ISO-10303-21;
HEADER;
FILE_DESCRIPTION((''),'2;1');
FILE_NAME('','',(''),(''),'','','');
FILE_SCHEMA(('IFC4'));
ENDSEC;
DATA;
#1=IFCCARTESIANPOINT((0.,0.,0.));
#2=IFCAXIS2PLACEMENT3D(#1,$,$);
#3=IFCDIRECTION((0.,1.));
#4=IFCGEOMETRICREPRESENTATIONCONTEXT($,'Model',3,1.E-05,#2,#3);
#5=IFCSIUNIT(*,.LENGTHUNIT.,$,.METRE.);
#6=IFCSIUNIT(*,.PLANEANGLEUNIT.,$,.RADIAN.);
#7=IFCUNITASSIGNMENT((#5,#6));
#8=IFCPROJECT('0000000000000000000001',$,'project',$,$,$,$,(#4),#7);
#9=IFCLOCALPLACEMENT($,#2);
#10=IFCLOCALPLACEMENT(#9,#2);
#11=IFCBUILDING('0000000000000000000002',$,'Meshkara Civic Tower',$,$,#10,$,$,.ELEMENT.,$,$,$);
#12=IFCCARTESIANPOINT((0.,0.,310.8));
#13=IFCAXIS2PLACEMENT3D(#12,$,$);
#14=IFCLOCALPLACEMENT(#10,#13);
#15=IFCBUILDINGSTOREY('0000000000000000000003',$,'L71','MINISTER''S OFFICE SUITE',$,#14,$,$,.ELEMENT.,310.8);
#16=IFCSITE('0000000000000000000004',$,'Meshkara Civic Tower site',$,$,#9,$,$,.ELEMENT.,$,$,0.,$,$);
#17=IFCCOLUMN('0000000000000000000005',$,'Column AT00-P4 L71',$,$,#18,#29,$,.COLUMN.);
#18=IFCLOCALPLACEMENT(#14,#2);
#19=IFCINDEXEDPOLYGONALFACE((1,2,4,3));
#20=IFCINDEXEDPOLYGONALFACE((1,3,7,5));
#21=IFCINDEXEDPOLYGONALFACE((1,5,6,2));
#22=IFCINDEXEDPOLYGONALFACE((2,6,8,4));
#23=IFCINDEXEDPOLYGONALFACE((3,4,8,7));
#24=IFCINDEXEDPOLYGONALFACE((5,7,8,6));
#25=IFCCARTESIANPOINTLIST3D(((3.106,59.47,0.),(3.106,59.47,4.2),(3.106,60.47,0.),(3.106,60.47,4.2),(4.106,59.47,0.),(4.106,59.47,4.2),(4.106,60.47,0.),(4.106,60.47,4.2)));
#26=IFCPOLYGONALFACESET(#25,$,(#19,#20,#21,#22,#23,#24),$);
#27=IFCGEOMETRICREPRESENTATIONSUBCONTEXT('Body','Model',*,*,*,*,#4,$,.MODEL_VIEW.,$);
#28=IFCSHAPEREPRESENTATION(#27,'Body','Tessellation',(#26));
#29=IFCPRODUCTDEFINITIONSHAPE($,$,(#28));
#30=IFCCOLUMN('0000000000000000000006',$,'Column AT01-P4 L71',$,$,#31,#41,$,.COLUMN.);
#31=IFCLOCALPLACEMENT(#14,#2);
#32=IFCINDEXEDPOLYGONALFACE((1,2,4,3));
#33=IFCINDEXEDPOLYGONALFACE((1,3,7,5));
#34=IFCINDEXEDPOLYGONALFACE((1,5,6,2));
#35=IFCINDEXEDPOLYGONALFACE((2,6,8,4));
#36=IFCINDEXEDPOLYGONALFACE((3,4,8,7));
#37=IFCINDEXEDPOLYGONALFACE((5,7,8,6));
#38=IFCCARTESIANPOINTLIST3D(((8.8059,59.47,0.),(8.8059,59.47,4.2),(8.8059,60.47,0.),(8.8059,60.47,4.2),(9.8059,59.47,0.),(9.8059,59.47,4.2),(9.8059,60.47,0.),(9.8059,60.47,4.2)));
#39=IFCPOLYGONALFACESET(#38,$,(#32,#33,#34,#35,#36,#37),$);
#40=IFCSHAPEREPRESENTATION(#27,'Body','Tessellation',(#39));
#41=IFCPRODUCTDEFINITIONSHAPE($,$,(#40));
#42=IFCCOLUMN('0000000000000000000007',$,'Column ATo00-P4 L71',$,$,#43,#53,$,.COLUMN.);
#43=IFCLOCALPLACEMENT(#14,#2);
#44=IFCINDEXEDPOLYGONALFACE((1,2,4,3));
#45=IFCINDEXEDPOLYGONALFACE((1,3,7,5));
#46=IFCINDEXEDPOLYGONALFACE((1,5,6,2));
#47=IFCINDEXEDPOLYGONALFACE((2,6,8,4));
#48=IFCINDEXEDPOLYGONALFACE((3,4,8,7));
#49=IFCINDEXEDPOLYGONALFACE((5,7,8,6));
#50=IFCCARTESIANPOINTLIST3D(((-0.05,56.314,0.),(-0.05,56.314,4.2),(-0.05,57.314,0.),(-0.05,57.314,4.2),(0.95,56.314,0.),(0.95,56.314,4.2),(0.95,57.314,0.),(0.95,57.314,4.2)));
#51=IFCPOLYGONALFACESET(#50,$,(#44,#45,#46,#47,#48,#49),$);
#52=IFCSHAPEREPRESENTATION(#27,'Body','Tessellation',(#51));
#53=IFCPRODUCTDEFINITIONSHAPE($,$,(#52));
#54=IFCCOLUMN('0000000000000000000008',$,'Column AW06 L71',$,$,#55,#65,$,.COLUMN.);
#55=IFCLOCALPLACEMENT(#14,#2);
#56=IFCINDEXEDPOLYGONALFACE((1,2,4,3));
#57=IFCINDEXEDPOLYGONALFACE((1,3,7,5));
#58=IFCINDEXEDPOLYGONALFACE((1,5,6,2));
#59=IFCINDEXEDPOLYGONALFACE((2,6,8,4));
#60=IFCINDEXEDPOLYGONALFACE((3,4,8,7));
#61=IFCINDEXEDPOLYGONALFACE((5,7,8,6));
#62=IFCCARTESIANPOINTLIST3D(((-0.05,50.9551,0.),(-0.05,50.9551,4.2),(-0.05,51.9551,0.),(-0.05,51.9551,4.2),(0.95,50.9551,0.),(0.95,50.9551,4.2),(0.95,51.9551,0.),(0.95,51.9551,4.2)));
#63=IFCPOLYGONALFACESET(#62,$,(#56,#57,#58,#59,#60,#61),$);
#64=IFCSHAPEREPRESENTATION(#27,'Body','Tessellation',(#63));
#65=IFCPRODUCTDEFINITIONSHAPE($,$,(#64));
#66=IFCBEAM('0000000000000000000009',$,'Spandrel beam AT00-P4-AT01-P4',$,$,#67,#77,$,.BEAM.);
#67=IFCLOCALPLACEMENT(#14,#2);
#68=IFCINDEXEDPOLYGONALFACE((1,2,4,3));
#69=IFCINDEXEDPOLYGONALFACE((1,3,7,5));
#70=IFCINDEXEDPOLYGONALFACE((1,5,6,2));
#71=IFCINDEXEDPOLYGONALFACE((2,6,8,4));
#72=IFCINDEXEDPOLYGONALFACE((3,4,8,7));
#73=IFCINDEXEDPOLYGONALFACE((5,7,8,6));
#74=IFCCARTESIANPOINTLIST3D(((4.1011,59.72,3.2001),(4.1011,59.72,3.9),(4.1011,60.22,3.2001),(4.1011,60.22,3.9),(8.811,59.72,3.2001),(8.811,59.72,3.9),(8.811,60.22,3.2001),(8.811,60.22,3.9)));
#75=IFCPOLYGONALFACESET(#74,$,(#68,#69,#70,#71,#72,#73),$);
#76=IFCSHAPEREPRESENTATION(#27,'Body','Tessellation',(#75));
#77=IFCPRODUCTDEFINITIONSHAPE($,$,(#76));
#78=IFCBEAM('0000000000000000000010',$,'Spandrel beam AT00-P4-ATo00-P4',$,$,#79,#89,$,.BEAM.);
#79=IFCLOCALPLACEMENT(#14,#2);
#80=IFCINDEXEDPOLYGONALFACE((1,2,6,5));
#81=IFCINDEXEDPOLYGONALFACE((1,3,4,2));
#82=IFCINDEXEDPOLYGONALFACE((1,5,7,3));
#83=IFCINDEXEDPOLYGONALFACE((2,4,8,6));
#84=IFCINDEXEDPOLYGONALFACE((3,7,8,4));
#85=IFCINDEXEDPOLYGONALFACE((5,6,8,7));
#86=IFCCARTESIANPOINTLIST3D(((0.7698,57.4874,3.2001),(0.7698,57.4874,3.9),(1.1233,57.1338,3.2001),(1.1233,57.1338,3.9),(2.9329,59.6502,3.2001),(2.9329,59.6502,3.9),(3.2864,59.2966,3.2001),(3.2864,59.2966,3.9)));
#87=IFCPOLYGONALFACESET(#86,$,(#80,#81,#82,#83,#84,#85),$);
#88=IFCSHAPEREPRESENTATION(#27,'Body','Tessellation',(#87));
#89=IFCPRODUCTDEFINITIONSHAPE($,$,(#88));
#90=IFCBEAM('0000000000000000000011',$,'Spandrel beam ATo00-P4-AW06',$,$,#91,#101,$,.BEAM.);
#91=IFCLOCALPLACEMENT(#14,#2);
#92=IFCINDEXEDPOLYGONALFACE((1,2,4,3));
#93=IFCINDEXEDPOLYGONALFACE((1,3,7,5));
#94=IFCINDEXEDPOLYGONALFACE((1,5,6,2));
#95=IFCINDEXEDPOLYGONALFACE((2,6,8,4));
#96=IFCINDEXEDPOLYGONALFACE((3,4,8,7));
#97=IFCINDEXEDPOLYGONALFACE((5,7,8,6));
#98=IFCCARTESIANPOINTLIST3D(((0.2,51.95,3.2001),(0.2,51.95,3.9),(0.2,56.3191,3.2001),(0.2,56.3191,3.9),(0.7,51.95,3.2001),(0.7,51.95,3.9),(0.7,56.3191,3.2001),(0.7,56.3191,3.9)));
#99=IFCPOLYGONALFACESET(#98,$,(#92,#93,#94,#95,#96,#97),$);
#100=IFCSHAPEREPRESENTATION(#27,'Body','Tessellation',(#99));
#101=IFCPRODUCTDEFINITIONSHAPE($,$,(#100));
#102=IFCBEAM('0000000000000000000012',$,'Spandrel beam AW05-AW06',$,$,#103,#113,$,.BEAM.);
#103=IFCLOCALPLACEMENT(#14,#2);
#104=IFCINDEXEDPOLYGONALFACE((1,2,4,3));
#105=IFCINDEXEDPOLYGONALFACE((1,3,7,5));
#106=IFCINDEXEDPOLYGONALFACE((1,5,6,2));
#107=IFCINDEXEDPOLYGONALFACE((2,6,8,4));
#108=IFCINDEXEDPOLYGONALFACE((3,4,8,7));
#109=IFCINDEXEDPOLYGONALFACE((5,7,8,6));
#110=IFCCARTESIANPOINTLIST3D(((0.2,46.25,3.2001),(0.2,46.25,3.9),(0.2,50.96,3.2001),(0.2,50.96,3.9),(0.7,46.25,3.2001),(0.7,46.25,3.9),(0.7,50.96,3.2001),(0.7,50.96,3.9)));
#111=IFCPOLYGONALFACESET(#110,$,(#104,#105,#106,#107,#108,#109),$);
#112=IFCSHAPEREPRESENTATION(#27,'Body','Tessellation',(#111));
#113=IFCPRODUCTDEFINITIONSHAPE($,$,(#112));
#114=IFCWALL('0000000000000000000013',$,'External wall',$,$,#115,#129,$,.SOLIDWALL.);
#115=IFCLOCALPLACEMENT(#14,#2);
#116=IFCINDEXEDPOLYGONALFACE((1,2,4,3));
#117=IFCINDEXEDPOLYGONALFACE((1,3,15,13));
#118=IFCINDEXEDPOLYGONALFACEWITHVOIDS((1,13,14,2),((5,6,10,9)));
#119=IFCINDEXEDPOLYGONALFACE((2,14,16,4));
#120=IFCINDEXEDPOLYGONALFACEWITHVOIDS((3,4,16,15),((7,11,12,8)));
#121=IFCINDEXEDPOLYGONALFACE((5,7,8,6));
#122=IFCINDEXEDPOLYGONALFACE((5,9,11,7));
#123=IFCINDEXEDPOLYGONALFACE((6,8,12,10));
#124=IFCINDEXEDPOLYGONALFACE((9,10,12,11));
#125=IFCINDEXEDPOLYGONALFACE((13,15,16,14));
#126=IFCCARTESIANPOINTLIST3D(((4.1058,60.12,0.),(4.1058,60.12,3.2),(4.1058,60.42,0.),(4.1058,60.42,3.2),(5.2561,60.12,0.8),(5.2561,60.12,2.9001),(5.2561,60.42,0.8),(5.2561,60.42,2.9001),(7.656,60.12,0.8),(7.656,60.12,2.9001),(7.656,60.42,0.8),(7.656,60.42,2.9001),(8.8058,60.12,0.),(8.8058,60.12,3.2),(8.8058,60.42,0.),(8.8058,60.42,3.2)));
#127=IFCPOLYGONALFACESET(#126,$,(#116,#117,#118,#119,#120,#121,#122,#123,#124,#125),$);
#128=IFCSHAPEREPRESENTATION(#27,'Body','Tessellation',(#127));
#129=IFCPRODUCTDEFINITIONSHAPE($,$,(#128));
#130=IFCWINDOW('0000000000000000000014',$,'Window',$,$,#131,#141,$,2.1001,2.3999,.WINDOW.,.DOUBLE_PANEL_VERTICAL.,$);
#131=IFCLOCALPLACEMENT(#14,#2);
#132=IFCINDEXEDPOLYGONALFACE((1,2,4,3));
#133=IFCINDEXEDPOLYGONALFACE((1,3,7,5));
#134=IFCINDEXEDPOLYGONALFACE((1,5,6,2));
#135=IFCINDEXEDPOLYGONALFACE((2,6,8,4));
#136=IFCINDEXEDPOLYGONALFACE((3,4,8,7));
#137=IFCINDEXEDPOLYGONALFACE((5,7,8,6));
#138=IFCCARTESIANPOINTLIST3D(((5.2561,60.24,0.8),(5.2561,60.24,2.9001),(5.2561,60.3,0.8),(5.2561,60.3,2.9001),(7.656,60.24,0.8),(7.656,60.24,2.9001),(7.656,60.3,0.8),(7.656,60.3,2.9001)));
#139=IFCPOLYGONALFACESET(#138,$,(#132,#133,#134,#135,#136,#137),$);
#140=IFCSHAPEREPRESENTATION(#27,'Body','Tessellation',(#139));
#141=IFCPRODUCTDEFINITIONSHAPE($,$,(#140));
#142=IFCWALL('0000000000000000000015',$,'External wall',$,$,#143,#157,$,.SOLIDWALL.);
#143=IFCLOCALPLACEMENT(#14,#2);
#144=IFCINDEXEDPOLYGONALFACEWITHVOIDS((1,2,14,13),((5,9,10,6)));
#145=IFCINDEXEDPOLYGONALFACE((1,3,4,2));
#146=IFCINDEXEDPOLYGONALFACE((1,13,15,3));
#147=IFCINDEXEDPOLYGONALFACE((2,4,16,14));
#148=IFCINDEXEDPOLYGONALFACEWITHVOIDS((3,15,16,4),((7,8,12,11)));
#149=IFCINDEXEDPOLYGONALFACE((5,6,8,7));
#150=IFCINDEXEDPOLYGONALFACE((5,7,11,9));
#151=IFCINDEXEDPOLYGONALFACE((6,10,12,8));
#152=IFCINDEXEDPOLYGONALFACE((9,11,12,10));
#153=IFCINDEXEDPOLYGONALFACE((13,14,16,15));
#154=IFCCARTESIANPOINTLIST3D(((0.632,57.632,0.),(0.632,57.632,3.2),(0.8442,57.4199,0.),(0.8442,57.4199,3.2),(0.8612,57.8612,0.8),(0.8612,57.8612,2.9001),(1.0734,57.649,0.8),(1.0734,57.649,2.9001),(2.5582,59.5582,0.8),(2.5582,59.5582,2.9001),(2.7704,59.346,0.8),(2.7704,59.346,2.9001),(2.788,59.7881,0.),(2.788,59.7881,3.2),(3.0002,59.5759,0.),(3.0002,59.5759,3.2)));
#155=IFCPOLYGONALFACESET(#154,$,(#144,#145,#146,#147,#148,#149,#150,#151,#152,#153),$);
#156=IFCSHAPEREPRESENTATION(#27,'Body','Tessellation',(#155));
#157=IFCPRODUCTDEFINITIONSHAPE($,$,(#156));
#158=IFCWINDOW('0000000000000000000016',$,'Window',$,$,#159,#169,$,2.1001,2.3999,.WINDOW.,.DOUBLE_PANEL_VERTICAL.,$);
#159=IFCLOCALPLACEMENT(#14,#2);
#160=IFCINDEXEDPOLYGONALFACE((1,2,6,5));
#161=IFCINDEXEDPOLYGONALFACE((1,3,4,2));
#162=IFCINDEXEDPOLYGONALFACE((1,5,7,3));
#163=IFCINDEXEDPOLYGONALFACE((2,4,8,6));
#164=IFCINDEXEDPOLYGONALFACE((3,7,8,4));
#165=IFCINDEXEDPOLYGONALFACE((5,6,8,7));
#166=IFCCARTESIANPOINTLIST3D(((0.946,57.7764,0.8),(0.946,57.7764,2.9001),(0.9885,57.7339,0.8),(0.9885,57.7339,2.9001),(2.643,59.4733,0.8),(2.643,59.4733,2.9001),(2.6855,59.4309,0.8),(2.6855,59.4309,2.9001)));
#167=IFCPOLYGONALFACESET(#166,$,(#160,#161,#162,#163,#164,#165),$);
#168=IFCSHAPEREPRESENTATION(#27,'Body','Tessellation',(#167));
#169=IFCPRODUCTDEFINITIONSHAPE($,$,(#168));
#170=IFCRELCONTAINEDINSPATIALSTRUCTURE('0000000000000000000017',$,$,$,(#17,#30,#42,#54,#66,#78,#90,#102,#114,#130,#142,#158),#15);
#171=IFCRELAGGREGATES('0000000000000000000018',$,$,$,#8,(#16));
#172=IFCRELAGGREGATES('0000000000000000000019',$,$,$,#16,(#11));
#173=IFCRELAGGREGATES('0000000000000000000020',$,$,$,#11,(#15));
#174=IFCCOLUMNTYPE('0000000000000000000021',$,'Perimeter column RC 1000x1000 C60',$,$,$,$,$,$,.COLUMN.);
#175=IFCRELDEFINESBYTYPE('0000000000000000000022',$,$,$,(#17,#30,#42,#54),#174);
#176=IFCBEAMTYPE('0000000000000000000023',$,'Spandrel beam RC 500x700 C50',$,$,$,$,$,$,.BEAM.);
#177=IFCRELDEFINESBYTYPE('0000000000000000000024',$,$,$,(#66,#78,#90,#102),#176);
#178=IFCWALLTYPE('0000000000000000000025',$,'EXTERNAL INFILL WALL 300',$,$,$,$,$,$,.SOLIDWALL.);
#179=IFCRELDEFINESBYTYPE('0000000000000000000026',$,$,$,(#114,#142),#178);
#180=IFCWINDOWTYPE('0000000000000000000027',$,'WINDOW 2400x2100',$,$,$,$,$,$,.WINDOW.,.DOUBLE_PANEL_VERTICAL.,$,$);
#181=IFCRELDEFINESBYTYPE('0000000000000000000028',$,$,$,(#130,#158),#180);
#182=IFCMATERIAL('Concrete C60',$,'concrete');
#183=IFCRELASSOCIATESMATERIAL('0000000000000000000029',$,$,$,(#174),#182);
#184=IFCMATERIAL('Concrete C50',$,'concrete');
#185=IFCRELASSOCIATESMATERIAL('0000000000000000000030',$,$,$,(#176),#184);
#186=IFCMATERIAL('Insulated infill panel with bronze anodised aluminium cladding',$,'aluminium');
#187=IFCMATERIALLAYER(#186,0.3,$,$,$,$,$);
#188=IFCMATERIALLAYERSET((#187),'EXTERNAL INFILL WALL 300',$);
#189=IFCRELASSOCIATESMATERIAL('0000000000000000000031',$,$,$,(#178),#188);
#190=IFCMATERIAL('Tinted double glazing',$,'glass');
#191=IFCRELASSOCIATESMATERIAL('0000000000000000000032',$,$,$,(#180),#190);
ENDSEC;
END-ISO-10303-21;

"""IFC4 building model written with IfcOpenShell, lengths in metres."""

from ifc_helpers import new_model, si_unit, direction, frame, frame_2d, origin, origin_2d, place, context, subcontext, project, spatial, rectangle, extrude, material, layer, layer_set, material_profile, profile_set, type_object, element, fill, save


model = new_model("IFC4")

# Units and contexts
model_context = context("Model", 3, precision=1e-05, world=origin(), true_north=direction((0.0, 1.0)))
body_context = subcontext(model_context, "Body", "Model", "MODEL_VIEW")
ifc_project = project(units=[si_unit("LENGTHUNIT", "METRE"), si_unit("PLANEANGLEUNIT", "RADIAN")], contexts=[model_context])

# Site, building, storey
site_placement = place(None, origin())
site = spatial("IfcSite", under=ifc_project, at=site_placement, Name="Meshkara Civic Tower site", CompositionType="ELEMENT", RefElevation=0.0)
building_placement = place(site_placement, origin())
building = spatial("IfcBuilding", under=site, at=building_placement, Name="Meshkara Civic Tower", CompositionType="ELEMENT")
storey_placement = place(building_placement, frame((0.0, 0.0, 310.8)))
storey = spatial("IfcBuildingStorey", under=building, at=storey_placement, Name="L71", Description="MINISTER'S OFFICE SUITE", CompositionType="ELEMENT", Elevation=310.8)

# Columns
ifc_material_1 = material(Name="Concrete C60", Category="concrete")
ifc_material_profile_1 = material_profile(ifc_material_1, rectangle(XDim=1.0, YDim=1.0, at=origin_2d()))
ifc_profile_set_1 = profile_set([ifc_material_profile_1], Name="Concrete C60")
column_type = type_object("IfcColumnType", Name="Perimeter column RC 1000x1000 C60", PredefinedType="COLUMN", material=ifc_profile_set_1)
for number, where, z_axis, x_axis, name in (
    (1, (3.606, 59.97, 0.0), (0.0, 0.0, 1.0), (1.0, 0.0, 0.0), "Column AT00-P4 L71"),
    (2, (9.3059, 59.97, 0.0), (0.0, 0.0, 1.0), (1.0, 0.0, 0.0), "Column AT01-P4 L71"),
    (3, (0.45, 56.814, 0.0), (0.0, 0.0, 1.0), (1.0, 0.0, 0.0), "Column ATo00-P4 L71"),
    (4, (0.45, 51.4551, 0.0), (0.0, 0.0, 1.0), (1.0, 0.0, 0.0), "Column AW06 L71"),
):
    element("IfcColumn", number, at=place(storey_placement, frame(where, z_axis=z_axis, x_axis=x_axis)), inside=storey, type_object=column_type, Name=name, PredefinedType="COLUMN", context=body_context, shape_type="SweptSolid", body=[
        extrude(rectangle(XDim=1.0, YDim=1.0, at=origin_2d()), origin(), (0.0, 0.0, 1.0), 4.2),
    ])

# Beams
ifc_material_2 = material(Name="Concrete C50", Category="concrete")
ifc_material_profile_2 = material_profile(ifc_material_2, rectangle(XDim=0.5, YDim=0.7, at=origin_2d()))
ifc_profile_set_2 = profile_set([ifc_material_profile_2], Name="Concrete C50")
beam_type = type_object("IfcBeamType", Name="Spandrel beam RC 500x700 C50", PredefinedType="BEAM", material=ifc_profile_set_2)
beam_1_placement = place(storey_placement, frame((8.811, 59.97, 3.55), z_axis=(-1.0, 0.0, 0.0), x_axis=(0.0, -1.0, 0.0)))
element("IfcBeam", 5, at=beam_1_placement, inside=storey, type_object=beam_type, Name="Spandrel beam AT00-P4-AT01-P4", PredefinedType="BEAM", context=body_context, shape_type="SweptSolid", body=[
    extrude(rectangle(XDim=0.5, YDim=0.7, at=origin_2d()), origin(), (0.0, 0.0, 1.0), 4.71),
])
beam_2_placement = place(storey_placement, frame((3.1096, 59.4734, 3.55), z_axis=(-0.707147, -0.707067, 0.0), x_axis=(0.707067, -0.707147, 0.0)))
element("IfcBeam", 6, at=beam_2_placement, inside=storey, type_object=beam_type, Name="Spandrel beam AT00-P4-ATo00-P4", PredefinedType="BEAM", context=body_context, shape_type="SweptSolid", body=[
    extrude(rectangle(XDim=0.5, YDim=0.7, at=origin_2d()), origin(), (0.0, 0.0, 1.0), 3.0588),
])
beam_3_placement = place(storey_placement, frame((0.45, 56.3191, 3.55), z_axis=(0.0, -1.0, 0.0), x_axis=(1.0, 0.0, 0.0)))
element("IfcBeam", 7, at=beam_3_placement, inside=storey, type_object=beam_type, Name="Spandrel beam ATo00-P4-AW06", PredefinedType="BEAM", context=body_context, shape_type="SweptSolid", body=[
    extrude(rectangle(XDim=0.5, YDim=0.7, at=origin_2d()), origin(), (0.0, 0.0, 1.0), 4.3691),
])
beam_4_placement = place(storey_placement, frame((0.45, 50.96, 3.55), z_axis=(0.0, -1.0, 0.0), x_axis=(1.0, 0.0, 0.0)))
element("IfcBeam", 8, at=beam_4_placement, inside=storey, type_object=beam_type, Name="Spandrel beam AW05-AW06", PredefinedType="BEAM", context=body_context, shape_type="SweptSolid", body=[
    extrude(rectangle(XDim=0.5, YDim=0.7, at=origin_2d()), origin(), (0.0, 0.0, 1.0), 4.71),
])

# Walls, openings, windows
ifc_material_3 = material(Name="Insulated infill panel with bronze anodised aluminium cladding", Category="aluminium")
ifc_layer_1 = layer(ifc_material_3, 0.3)
ifc_layer_set_1 = layer_set([ifc_layer_1], Name="EXTERNAL INFILL WALL 300")
wall_type_1 = type_object("IfcWallType", Name="EXTERNAL INFILL WALL 300", PredefinedType="SOLIDWALL", material=ifc_layer_set_1)
wall_1_placement = place(storey_placement, frame((8.8059, 60.27, 0.0), z_axis=(0.0, 0.0, 1.0), x_axis=(-1.0, 0.0, 0.0)))
wall_1 = element("IfcWall", 9, at=wall_1_placement, inside=storey, type_object=wall_type_1, Name="External wall", PredefinedType="SOLIDWALL", context=body_context, shape_type="SweptSolid", body=[
    extrude(rectangle(XDim=4.7, YDim=0.3, at=frame_2d((2.3501, 0.0))), origin(), (0.0, 0.0, 1.0), 3.2),
])
opening_1_placement = place(wall_1_placement, frame((1.1499, 0.0, 0.8)))
opening_1 = element("IfcOpeningElement", 10, at=opening_1_placement, cuts=wall_1, PredefinedType="OPENING", context=body_context, shape_type="SweptSolid", body=[
    extrude(rectangle(XDim=2.3999, YDim=2.1001, at=frame_2d((1.2, 1.05))), frame((0.0, 0.1599, 0.0), z_axis=(0.0, -1.0, 0.0), x_axis=(1.0, 0.0, 0.0)), (0.0, 0.0, 1.0), 0.3201),
])
ifc_material_4 = material(Name="Tinted double glazing", Category="glass")
window_type = type_object("IfcWindowType", Name="WINDOW 2400x2100", PartitioningType="DOUBLE_PANEL_VERTICAL", PredefinedType="WINDOW", material=ifc_material_4)
window_1_placement = place(opening_1_placement, origin())
window_1 = element("IfcWindow", 11, at=window_1_placement, inside=storey, type_object=window_type, Name="Window", OverallHeight=2.1001, OverallWidth=2.3999, PartitioningType="DOUBLE_PANEL_VERTICAL", PredefinedType="WINDOW", context=body_context, shape_type="SweptSolid", body=[
    extrude(rectangle(XDim=2.3999, YDim=2.1001, at=frame_2d((1.2, 1.05))), frame((0.0, 0.03, 0.0), z_axis=(0.0, -1.0, 0.0), x_axis=(1.0, 0.0, 0.0)), (0.0, 0.0, 1.0), 0.0601),
])
fill(opening_1, window_1)
wall_2_placement = place(storey_placement, frame((2.894, 59.6819, 0.0), z_axis=(0.0, 0.0, 1.0), x_axis=(-0.707107, -0.707107, 0.0)))
wall_2 = element("IfcWall", 12, at=wall_2_placement, inside=storey, type_object=wall_type_1, Name="External wall", PredefinedType="SOLIDWALL", context=body_context, shape_type="SweptSolid", body=[
    extrude(rectangle(XDim=3.0491, YDim=0.3, at=frame_2d((1.5244, 0.0))), origin(), (0.0, 0.0, 1.0), 3.2),
])
opening_2_placement = place(wall_2_placement, frame((0.325, 0.0, 0.8)))
opening_2 = element("IfcOpeningElement", 13, at=opening_2_placement, cuts=wall_2, PredefinedType="OPENING", context=body_context, shape_type="SweptSolid", body=[
    extrude(rectangle(XDim=2.3999, YDim=2.1001, at=frame_2d((1.2, 1.05))), frame((0.0, 0.1599, 0.0), z_axis=(0.0, -1.0, 0.0), x_axis=(1.0, 0.0, 0.0)), (0.0, 0.0, 1.0), 0.3201),
])
window_2_placement = place(opening_2_placement, origin())
window_2 = element("IfcWindow", 14, at=window_2_placement, inside=storey, type_object=window_type, Name="Window", OverallHeight=2.1001, OverallWidth=2.3999, PartitioningType="DOUBLE_PANEL_VERTICAL", PredefinedType="WINDOW", context=body_context, shape_type="SweptSolid", body=[
    extrude(rectangle(XDim=2.3999, YDim=2.1001, at=frame_2d((1.2, 1.05))), frame((0.0, 0.03, 0.0), z_axis=(0.0, -1.0, 0.0), x_axis=(1.0, 0.0, 0.0)), (0.0, 0.0, 1.0), 0.0601),
])
fill(opening_2, window_2)

save(model, "model.ifc")
